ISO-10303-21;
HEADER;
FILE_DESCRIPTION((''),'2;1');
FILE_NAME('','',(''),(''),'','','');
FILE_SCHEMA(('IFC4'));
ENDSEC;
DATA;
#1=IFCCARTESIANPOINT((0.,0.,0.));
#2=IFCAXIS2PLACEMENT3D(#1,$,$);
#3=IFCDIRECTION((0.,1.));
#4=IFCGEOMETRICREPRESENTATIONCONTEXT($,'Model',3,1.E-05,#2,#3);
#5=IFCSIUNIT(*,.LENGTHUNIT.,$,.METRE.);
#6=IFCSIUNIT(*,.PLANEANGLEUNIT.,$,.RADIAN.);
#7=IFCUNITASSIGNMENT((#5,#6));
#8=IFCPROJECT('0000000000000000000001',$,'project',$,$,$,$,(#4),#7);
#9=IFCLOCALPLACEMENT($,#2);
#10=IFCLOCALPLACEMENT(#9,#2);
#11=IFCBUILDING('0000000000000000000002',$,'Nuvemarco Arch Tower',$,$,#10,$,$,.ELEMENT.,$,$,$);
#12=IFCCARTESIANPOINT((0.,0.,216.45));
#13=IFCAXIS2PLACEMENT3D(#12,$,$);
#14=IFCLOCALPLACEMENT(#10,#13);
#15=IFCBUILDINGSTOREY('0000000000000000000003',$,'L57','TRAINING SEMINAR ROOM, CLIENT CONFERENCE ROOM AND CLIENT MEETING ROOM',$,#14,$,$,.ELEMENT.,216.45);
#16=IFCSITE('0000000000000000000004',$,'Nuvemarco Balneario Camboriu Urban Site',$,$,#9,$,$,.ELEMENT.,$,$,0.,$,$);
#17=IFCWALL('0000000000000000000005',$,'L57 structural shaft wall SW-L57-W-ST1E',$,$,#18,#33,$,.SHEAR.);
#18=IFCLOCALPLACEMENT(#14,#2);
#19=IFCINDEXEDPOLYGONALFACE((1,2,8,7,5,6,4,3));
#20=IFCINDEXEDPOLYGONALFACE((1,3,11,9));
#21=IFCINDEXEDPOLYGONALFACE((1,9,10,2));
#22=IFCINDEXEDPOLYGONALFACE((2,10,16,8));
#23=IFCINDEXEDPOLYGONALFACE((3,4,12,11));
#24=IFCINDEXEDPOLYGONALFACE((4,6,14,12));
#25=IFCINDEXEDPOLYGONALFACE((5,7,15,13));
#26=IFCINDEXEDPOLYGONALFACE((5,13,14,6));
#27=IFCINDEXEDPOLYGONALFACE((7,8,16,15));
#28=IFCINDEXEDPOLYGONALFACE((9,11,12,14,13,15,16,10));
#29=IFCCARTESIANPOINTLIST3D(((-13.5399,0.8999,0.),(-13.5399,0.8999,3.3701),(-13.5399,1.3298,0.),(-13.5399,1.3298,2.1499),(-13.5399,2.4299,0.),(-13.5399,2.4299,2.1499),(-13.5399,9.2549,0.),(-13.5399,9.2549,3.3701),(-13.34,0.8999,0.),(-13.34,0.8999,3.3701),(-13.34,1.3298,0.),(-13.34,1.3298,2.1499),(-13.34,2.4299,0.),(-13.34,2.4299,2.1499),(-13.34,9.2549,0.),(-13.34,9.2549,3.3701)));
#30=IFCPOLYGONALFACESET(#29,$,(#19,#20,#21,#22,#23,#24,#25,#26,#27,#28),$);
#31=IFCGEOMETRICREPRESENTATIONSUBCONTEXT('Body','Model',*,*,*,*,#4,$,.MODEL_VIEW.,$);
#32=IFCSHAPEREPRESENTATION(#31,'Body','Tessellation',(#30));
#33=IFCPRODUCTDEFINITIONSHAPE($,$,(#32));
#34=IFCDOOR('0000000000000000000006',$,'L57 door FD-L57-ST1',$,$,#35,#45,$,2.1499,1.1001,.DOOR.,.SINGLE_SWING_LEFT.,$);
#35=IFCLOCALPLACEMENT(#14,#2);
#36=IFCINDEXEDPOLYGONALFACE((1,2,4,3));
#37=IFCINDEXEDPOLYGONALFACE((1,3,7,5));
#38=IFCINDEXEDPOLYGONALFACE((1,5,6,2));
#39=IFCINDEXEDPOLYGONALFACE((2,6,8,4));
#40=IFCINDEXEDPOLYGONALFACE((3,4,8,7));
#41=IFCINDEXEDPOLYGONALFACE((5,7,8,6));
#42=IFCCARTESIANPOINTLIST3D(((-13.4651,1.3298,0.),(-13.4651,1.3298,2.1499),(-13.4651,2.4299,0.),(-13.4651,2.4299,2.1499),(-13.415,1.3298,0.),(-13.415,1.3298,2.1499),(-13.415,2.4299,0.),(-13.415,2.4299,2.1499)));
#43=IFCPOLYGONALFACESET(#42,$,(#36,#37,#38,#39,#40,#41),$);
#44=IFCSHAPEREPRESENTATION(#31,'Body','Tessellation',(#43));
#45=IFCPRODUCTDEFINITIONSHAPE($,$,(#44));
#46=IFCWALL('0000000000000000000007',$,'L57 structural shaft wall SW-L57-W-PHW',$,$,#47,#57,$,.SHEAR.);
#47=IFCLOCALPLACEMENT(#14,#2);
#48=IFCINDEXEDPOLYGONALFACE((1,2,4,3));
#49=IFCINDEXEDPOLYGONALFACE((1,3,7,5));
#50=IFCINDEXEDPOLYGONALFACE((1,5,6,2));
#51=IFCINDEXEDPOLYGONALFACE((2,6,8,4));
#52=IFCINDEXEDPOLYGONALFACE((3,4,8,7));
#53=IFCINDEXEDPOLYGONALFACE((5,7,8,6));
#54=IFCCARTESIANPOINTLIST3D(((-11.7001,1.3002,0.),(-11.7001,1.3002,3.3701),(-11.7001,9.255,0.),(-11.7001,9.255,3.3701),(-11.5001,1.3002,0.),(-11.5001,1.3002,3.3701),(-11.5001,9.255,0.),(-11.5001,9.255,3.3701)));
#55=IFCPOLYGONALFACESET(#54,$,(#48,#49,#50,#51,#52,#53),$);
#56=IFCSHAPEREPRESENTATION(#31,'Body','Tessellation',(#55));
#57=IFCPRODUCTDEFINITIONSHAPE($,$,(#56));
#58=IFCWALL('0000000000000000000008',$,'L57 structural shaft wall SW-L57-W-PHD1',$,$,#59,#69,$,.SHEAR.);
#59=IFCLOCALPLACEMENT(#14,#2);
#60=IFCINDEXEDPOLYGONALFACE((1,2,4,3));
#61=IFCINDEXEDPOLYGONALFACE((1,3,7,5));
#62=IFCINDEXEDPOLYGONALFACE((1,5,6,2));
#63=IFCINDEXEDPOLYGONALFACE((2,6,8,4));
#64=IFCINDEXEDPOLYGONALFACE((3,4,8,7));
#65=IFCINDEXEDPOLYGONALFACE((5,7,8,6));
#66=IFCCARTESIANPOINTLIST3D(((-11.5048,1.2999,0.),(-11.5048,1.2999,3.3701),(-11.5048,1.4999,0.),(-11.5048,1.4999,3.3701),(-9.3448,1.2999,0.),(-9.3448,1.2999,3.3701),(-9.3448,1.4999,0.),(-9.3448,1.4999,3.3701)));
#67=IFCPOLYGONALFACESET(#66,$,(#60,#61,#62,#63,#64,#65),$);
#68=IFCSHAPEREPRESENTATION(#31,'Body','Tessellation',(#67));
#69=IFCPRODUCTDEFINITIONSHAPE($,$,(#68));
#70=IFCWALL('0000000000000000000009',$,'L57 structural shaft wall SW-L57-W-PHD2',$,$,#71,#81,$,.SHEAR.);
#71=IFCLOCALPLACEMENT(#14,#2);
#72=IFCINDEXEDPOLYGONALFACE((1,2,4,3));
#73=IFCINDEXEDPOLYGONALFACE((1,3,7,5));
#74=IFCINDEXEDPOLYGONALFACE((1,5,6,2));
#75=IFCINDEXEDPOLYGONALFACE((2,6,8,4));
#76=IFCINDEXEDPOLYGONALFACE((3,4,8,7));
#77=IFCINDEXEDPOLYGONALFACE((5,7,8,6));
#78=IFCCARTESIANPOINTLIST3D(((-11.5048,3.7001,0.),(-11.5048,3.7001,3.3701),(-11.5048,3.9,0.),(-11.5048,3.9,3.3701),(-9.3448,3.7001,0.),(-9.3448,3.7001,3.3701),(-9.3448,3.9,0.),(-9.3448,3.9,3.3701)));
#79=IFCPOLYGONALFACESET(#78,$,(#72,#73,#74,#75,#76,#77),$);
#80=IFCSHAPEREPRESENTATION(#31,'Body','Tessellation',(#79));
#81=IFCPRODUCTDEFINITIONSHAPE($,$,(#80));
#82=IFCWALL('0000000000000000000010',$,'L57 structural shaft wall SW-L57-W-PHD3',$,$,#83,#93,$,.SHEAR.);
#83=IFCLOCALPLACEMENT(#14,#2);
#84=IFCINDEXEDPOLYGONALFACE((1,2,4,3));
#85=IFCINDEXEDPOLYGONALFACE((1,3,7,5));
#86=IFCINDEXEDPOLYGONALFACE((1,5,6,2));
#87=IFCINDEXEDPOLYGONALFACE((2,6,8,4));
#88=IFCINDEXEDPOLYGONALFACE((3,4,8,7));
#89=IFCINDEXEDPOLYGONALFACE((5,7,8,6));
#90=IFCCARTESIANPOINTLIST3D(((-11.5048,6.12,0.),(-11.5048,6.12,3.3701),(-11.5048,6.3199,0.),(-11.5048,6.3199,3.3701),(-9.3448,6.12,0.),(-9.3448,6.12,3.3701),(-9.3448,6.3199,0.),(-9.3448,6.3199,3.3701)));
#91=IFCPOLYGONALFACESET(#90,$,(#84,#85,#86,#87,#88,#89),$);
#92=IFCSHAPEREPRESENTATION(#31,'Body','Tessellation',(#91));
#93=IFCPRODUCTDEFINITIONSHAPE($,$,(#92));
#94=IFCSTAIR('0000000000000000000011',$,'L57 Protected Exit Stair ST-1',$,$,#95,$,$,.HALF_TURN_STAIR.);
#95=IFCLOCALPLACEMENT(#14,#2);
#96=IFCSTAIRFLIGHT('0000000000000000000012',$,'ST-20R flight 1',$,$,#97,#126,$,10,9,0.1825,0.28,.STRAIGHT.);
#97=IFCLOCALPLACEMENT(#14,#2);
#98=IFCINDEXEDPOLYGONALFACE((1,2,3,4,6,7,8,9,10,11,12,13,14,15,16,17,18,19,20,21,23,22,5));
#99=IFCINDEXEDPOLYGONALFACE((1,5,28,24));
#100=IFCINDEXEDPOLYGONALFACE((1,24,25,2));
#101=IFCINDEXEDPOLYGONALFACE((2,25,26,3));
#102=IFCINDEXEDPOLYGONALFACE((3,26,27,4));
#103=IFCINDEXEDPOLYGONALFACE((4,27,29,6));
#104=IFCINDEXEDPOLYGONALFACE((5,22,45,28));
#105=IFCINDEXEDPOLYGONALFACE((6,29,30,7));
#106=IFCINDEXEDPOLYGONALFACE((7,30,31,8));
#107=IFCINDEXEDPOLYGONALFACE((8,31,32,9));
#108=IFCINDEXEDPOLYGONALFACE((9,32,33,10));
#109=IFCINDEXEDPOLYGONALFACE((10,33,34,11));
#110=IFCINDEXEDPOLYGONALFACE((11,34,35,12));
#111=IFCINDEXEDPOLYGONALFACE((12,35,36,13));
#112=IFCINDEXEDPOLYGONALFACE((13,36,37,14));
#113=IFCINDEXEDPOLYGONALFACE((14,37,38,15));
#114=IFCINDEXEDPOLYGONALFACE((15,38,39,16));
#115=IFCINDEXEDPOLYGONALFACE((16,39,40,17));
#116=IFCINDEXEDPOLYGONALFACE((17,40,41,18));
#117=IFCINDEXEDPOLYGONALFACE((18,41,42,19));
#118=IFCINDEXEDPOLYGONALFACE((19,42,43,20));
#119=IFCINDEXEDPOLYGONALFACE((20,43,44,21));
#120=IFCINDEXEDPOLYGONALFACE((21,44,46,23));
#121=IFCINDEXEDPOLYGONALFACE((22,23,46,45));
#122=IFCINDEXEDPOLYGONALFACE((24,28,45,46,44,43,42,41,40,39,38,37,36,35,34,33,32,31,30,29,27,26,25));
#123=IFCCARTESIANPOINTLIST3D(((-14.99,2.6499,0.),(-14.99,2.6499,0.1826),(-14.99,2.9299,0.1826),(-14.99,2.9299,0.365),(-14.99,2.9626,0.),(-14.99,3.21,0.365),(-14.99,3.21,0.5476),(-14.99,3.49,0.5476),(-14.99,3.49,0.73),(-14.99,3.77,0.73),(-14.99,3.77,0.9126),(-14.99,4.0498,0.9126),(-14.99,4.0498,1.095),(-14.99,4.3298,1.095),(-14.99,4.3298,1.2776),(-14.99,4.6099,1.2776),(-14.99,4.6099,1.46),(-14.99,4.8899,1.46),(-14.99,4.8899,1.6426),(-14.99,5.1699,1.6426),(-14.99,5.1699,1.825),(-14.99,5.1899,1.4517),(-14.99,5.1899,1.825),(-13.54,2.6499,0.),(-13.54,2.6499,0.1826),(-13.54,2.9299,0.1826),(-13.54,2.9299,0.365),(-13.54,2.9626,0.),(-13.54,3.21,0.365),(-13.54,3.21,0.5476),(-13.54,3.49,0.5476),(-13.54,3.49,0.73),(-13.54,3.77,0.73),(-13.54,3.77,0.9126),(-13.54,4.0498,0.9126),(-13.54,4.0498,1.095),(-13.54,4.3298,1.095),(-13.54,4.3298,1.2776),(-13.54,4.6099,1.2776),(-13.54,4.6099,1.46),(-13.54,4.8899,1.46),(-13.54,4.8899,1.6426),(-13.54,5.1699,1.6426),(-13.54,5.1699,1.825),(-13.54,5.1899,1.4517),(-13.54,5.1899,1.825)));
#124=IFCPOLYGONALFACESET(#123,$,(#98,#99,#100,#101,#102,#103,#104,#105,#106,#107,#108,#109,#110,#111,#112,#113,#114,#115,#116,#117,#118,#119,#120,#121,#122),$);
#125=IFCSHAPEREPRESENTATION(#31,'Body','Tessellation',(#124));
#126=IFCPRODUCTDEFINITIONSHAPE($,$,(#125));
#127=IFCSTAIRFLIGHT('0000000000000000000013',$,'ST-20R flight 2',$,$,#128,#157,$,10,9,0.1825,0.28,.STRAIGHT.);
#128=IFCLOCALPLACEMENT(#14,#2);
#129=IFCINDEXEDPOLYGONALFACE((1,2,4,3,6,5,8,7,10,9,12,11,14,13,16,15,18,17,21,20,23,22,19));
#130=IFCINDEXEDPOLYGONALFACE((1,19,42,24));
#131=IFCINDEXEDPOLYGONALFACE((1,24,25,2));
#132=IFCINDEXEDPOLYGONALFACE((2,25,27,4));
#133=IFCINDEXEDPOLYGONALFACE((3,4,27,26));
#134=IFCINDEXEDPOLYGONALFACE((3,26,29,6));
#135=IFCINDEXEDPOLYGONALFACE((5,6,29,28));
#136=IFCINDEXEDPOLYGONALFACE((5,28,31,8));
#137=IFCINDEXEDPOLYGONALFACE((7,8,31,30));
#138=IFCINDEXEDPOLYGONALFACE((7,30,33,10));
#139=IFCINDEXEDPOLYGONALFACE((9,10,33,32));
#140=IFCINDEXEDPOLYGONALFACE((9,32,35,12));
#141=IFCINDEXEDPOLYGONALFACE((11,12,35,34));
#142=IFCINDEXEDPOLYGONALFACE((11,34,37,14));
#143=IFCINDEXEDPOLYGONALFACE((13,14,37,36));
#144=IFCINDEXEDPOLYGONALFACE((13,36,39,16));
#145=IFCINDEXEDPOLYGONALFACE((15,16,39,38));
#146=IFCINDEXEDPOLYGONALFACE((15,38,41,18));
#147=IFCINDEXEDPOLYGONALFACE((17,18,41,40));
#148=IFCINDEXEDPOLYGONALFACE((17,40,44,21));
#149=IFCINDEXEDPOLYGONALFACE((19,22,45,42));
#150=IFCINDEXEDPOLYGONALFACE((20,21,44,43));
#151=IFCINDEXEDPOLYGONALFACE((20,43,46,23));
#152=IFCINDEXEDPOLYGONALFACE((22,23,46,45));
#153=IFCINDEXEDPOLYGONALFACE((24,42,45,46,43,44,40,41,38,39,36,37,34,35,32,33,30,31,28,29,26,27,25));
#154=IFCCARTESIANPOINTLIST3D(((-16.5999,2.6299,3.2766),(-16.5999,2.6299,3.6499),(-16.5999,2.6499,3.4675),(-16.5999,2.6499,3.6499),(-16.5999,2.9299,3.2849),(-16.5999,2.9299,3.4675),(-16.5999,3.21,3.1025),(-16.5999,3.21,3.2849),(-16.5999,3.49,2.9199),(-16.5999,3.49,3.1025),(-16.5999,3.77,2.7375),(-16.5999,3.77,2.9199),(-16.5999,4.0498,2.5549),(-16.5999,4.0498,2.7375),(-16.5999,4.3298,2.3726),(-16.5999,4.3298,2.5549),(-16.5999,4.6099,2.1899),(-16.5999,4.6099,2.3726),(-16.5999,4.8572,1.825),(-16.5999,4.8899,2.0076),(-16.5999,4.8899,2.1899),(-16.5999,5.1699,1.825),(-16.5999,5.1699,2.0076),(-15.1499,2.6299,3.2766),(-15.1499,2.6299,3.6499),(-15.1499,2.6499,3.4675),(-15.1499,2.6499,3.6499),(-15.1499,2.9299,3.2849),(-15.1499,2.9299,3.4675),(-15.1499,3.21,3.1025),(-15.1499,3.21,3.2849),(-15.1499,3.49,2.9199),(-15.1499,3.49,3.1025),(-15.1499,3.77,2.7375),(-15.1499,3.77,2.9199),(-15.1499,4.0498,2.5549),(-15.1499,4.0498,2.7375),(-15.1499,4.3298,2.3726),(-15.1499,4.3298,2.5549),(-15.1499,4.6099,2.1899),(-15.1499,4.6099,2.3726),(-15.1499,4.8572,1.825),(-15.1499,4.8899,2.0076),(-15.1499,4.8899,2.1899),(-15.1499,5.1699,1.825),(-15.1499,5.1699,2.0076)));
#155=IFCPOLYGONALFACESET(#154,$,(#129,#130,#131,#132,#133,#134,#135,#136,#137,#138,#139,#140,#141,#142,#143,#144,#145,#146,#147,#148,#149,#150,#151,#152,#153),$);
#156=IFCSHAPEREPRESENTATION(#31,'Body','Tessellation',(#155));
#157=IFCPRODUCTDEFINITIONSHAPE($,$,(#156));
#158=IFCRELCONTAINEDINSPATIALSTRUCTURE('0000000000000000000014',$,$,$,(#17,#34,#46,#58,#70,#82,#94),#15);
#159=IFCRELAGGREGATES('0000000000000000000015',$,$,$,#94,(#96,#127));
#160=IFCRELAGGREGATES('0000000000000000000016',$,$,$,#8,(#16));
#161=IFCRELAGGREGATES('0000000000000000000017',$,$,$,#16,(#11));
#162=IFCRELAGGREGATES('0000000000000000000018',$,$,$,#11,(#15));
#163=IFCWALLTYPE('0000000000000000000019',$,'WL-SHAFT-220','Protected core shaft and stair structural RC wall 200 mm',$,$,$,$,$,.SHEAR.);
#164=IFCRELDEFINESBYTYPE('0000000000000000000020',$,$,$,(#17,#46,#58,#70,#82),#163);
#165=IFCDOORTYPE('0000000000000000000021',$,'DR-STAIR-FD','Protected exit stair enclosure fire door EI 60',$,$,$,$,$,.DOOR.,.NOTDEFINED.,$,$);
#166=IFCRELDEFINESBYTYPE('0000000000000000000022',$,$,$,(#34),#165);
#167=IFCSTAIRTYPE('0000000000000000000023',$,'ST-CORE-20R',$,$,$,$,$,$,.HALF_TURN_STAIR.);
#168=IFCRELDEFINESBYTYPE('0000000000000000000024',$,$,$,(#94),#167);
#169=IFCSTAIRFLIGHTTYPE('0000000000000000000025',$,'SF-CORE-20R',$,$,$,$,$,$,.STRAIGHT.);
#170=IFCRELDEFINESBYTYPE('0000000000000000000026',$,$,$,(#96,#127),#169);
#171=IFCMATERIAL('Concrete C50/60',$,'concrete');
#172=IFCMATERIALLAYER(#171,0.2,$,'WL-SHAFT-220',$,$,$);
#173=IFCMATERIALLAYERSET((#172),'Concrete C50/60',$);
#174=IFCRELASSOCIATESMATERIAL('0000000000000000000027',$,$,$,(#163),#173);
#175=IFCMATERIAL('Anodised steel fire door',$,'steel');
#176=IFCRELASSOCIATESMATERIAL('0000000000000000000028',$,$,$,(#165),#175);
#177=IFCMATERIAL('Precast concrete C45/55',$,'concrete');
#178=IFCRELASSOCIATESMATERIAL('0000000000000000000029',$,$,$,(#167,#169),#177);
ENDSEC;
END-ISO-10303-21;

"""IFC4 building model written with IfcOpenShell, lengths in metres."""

from ifc_helpers import new_model, si_unit, direction, frame, frame_2d, origin, place, context, subcontext, project, spatial, polyline, rectangle, outline, extrude, source, transform, mapped, material, layer, layer_set, type_object, type_shapes, element, fill, aggregate, save


model = new_model("IFC4")

# Units and contexts
model_context = context("Model", 3, precision=1e-05, world=origin(), true_north=direction((0.0, 1.0)))
body_context = subcontext(model_context, "Body", "Model", "MODEL_VIEW")
ifc_project = project(units=[si_unit("LENGTHUNIT", "METRE"), si_unit("PLANEANGLEUNIT", "RADIAN")], contexts=[model_context])

# Site, building, storey
site_placement = place(None, origin())
site = spatial("IfcSite", under=ifc_project, at=site_placement, Name="Nuvemarco Balneario Camboriu Urban Site", CompositionType="ELEMENT", RefElevation=0.0)
building_placement = place(site_placement, origin())
building = spatial("IfcBuilding", under=site, at=building_placement, Name="Nuvemarco Arch Tower", CompositionType="ELEMENT")
storey_placement = place(building_placement, frame((0.0, 0.0, 216.45)))
storey = spatial("IfcBuildingStorey", under=building, at=storey_placement, Name="L57", Description="TRAINING SEMINAR ROOM, CLIENT CONFERENCE ROOM AND CLIENT MEETING ROOM", CompositionType="ELEMENT", Elevation=216.45)

# Shared definitions
ifc_material_1 = material(Name="Concrete C50/60", Category="concrete")

# Shared definitions
ifc_material_2 = material(Name="Precast concrete C45/55", Category="concrete")

# Wall, opening, door
ifc_layer_1 = layer(ifc_material_1, 0.2, Name="WL-SHAFT-220")
ifc_layer_set_1 = layer_set([ifc_layer_1], Name="Concrete C50/60")
wall_type_1 = type_object("IfcWallType", Name="WL-SHAFT-220", Description="Protected core shaft and stair structural RC wall 200 mm", PredefinedType="SHEAR", material=ifc_layer_set_1)
wall_1_placement = place(storey_placement, frame((-13.4399, 0.8999, 0.0), z_axis=(0.0, 0.0, 1.0), x_axis=(0.0, 1.0, 0.0)))
wall_1 = element("IfcWall", 1, at=wall_1_placement, inside=storey, type_object=wall_type_1, Name="L57 structural shaft wall SW-L57-W-ST1E", PredefinedType="SHEAR", context=body_context, shape_type="SweptSolid", body=[
    extrude(rectangle(XDim=8.355, YDim=0.2, at=frame_2d((4.1775, 0.0))), origin(), (0.0, 0.0, 1.0), 3.3701),
])
opening_1_placement = place(wall_1_placement, frame((1.53, 0.0, 0.0), z_axis=(0.0, 0.0, 1.0), x_axis=(-1.0, 0.0, 0.0)))
opening_1 = element("IfcOpeningElement", 2, at=opening_1_placement, cuts=wall_1, PredefinedType="OPENING", context=body_context, shape_type="SweptSolid", body=[
    extrude(rectangle(XDim=1.1001, YDim=2.1499, at=frame_2d((0.55, 1.075))), frame((0.0, 0.1099, 0.0), z_axis=(0.0, -1.0, 0.0), x_axis=(1.0, 0.0, 0.0)), (0.0, 0.0, 1.0), 0.22),
])
ifc_material_3 = material(Name="Anodised steel fire door", Category="steel")
door_type_1 = type_object("IfcDoorType", Name="DR-STAIR-FD", Description="Protected exit stair enclosure fire door EI 60", OperationType="NOTDEFINED", PredefinedType="DOOR", material=ifc_material_3)
shared_shape_1 = source(origin(), body_context, "Body", "SweptSolid", [
    extrude(rectangle(XDim=1.1001, YDim=2.1499, at=frame_2d((0.55, 1.075))), frame((0.0, 0.0249, 0.0), z_axis=(0.0, -1.0, 0.0), x_axis=(1.0, 0.0, 0.0)), (0.0, 0.0, 1.0), 0.05),
])
type_shapes(door_type_1, [shared_shape_1])
door_1_placement = place(opening_1_placement, origin())
door_1 = element("IfcDoor", 3, at=door_1_placement, inside=storey, type_object=door_type_1, Name="L57 door FD-L57-ST1", OperationType="SINGLE_SWING_LEFT", OverallHeight=2.1499, OverallWidth=1.1001, PredefinedType="DOOR", context=body_context, shape_type="MappedRepresentation", body=[
    mapped(shared_shape_1, transform((0.0, 0.0, 0.0), scale=1.0)),
])
fill(opening_1, door_1)

# Walls
wall_2_placement = place(storey_placement, frame((-11.6001, 1.3, 0.0), z_axis=(0.0, 0.0, 1.0), x_axis=(0.0, 1.0, 0.0)))
element("IfcWall", 4, at=wall_2_placement, inside=storey, type_object=wall_type_1, Name="L57 structural shaft wall SW-L57-W-PHW", PredefinedType="SHEAR", context=body_context, shape_type="SweptSolid", body=[
    extrude(rectangle(XDim=7.9548, YDim=0.2, at=frame_2d((3.9775, 0.0))), origin(), (0.0, 0.0, 1.0), 3.3701),
])
for number, where, z_axis, x_axis, name in (
    (5, (-11.5049, 1.3999, 0.0), (0.0, 0.0, 1.0), (1.0, 0.0, 0.0), "L57 structural shaft wall SW-L57-W-PHD1"),
    (6, (-11.5049, 3.8, 0.0), (0.0, 0.0, 1.0), (1.0, 0.0, 0.0), "L57 structural shaft wall SW-L57-W-PHD2"),
    (7, (-11.5049, 6.22, 0.0), (0.0, 0.0, 1.0), (1.0, 0.0, 0.0), "L57 structural shaft wall SW-L57-W-PHD3"),
):
    element("IfcWall", number, at=place(storey_placement, frame(where, z_axis=z_axis, x_axis=x_axis)), inside=storey, type_object=wall_type_1, Name=name, PredefinedType="SHEAR", context=body_context, shape_type="SweptSolid", body=[
        extrude(rectangle(XDim=2.1599, YDim=0.2, at=frame_2d((1.0801, 0.0))), origin(), (0.0, 0.0, 1.0), 3.3701),
    ])

# Stair, stair flights
stair_type = type_object("IfcStairType", Name="ST-CORE-20R", PredefinedType="HALF_TURN_STAIR", material=ifc_material_2)
stair_placement = place(storey_placement, origin())
stair = element("IfcStair", 8, at=stair_placement, inside=storey, type_object=stair_type, Name="L57 Protected Exit Stair ST-1", PredefinedType="HALF_TURN_STAIR")
stair_flight_type = type_object("IfcStairFlightType", Name="SF-CORE-20R", PredefinedType="STRAIGHT", material=ifc_material_2)
stair_flight_1_placement = place(storey_placement, frame((-14.2649, 2.6499, 0.0), z_axis=(0.0, 0.0, 1.0), x_axis=(0.0, 1.0, 0.0)))
stair_flight_1 = element("IfcStairFlight", 9, at=stair_flight_1_placement, type_object=stair_flight_type, Name="ST-20R flight 1", NumberOfRisers=10, NumberOfTreads=9, PredefinedType="STRAIGHT", RiserHeight=0.1825, TreadLength=0.28, context=body_context, shape_type="SweptSolid", body=[
    extrude(outline(polyline([(0.0, 0.0), (0.0, 0.1826), (0.28, 0.1826), (0.28, 0.365), (0.5601, 0.365), (0.5601, 0.5476), (0.8401, 0.5476), (0.8401, 0.73), (1.1201, 0.73), (1.1201, 0.9126), (1.3999, 0.9126), (1.3999, 1.095), (1.6799, 1.095), (1.6799, 1.2776), (1.96, 1.2776), (1.96, 1.46), (2.24, 1.46), (2.24, 1.6426), (2.52, 1.6426), (2.52, 1.825), (2.54, 1.825), (2.54, 1.4517), (0.3127, 0.0), (0.0, 0.0)])), frame((0.0, 0.7251, 0.0), z_axis=(0.0, -1.0, 0.0), x_axis=(1.0, 0.0, 0.0)), (0.0, 0.0, 1.0), 1.45),
])
stair_flight_2_placement = place(storey_placement, frame((-15.875, 5.1699, 1.825), z_axis=(0.0, 0.0, 1.0), x_axis=(0.0, -1.0, 0.0)))
stair_flight_2 = element("IfcStairFlight", 10, at=stair_flight_2_placement, type_object=stair_flight_type, Name="ST-20R flight 2", NumberOfRisers=10, NumberOfTreads=9, PredefinedType="STRAIGHT", RiserHeight=0.1825, TreadLength=0.28, context=body_context, shape_type="SweptSolid", body=[
    extrude(outline(polyline([(0.0, 0.0), (0.0, 0.1826), (0.28, 0.1826), (0.28, 0.365), (0.5601, 0.365), (0.5601, 0.5476), (0.8401, 0.5476), (0.8401, 0.73), (1.1201, 0.73), (1.1201, 0.9126), (1.3999, 0.9126), (1.3999, 1.095), (1.6799, 1.095), (1.6799, 1.2776), (1.96, 1.2776), (1.96, 1.46), (2.24, 1.46), (2.24, 1.6426), (2.52, 1.6426), (2.52, 1.825), (2.54, 1.825), (2.54, 1.4517), (0.3127, 0.0), (0.0, 0.0)])), frame((0.0, 0.7251, 0.0), z_axis=(0.0, -1.0, 0.0), x_axis=(1.0, 0.0, 0.0)), (0.0, 0.0, 1.0), 1.45),
])
aggregate(stair, [stair_flight_1, stair_flight_2])

save(model, "model.ifc")
